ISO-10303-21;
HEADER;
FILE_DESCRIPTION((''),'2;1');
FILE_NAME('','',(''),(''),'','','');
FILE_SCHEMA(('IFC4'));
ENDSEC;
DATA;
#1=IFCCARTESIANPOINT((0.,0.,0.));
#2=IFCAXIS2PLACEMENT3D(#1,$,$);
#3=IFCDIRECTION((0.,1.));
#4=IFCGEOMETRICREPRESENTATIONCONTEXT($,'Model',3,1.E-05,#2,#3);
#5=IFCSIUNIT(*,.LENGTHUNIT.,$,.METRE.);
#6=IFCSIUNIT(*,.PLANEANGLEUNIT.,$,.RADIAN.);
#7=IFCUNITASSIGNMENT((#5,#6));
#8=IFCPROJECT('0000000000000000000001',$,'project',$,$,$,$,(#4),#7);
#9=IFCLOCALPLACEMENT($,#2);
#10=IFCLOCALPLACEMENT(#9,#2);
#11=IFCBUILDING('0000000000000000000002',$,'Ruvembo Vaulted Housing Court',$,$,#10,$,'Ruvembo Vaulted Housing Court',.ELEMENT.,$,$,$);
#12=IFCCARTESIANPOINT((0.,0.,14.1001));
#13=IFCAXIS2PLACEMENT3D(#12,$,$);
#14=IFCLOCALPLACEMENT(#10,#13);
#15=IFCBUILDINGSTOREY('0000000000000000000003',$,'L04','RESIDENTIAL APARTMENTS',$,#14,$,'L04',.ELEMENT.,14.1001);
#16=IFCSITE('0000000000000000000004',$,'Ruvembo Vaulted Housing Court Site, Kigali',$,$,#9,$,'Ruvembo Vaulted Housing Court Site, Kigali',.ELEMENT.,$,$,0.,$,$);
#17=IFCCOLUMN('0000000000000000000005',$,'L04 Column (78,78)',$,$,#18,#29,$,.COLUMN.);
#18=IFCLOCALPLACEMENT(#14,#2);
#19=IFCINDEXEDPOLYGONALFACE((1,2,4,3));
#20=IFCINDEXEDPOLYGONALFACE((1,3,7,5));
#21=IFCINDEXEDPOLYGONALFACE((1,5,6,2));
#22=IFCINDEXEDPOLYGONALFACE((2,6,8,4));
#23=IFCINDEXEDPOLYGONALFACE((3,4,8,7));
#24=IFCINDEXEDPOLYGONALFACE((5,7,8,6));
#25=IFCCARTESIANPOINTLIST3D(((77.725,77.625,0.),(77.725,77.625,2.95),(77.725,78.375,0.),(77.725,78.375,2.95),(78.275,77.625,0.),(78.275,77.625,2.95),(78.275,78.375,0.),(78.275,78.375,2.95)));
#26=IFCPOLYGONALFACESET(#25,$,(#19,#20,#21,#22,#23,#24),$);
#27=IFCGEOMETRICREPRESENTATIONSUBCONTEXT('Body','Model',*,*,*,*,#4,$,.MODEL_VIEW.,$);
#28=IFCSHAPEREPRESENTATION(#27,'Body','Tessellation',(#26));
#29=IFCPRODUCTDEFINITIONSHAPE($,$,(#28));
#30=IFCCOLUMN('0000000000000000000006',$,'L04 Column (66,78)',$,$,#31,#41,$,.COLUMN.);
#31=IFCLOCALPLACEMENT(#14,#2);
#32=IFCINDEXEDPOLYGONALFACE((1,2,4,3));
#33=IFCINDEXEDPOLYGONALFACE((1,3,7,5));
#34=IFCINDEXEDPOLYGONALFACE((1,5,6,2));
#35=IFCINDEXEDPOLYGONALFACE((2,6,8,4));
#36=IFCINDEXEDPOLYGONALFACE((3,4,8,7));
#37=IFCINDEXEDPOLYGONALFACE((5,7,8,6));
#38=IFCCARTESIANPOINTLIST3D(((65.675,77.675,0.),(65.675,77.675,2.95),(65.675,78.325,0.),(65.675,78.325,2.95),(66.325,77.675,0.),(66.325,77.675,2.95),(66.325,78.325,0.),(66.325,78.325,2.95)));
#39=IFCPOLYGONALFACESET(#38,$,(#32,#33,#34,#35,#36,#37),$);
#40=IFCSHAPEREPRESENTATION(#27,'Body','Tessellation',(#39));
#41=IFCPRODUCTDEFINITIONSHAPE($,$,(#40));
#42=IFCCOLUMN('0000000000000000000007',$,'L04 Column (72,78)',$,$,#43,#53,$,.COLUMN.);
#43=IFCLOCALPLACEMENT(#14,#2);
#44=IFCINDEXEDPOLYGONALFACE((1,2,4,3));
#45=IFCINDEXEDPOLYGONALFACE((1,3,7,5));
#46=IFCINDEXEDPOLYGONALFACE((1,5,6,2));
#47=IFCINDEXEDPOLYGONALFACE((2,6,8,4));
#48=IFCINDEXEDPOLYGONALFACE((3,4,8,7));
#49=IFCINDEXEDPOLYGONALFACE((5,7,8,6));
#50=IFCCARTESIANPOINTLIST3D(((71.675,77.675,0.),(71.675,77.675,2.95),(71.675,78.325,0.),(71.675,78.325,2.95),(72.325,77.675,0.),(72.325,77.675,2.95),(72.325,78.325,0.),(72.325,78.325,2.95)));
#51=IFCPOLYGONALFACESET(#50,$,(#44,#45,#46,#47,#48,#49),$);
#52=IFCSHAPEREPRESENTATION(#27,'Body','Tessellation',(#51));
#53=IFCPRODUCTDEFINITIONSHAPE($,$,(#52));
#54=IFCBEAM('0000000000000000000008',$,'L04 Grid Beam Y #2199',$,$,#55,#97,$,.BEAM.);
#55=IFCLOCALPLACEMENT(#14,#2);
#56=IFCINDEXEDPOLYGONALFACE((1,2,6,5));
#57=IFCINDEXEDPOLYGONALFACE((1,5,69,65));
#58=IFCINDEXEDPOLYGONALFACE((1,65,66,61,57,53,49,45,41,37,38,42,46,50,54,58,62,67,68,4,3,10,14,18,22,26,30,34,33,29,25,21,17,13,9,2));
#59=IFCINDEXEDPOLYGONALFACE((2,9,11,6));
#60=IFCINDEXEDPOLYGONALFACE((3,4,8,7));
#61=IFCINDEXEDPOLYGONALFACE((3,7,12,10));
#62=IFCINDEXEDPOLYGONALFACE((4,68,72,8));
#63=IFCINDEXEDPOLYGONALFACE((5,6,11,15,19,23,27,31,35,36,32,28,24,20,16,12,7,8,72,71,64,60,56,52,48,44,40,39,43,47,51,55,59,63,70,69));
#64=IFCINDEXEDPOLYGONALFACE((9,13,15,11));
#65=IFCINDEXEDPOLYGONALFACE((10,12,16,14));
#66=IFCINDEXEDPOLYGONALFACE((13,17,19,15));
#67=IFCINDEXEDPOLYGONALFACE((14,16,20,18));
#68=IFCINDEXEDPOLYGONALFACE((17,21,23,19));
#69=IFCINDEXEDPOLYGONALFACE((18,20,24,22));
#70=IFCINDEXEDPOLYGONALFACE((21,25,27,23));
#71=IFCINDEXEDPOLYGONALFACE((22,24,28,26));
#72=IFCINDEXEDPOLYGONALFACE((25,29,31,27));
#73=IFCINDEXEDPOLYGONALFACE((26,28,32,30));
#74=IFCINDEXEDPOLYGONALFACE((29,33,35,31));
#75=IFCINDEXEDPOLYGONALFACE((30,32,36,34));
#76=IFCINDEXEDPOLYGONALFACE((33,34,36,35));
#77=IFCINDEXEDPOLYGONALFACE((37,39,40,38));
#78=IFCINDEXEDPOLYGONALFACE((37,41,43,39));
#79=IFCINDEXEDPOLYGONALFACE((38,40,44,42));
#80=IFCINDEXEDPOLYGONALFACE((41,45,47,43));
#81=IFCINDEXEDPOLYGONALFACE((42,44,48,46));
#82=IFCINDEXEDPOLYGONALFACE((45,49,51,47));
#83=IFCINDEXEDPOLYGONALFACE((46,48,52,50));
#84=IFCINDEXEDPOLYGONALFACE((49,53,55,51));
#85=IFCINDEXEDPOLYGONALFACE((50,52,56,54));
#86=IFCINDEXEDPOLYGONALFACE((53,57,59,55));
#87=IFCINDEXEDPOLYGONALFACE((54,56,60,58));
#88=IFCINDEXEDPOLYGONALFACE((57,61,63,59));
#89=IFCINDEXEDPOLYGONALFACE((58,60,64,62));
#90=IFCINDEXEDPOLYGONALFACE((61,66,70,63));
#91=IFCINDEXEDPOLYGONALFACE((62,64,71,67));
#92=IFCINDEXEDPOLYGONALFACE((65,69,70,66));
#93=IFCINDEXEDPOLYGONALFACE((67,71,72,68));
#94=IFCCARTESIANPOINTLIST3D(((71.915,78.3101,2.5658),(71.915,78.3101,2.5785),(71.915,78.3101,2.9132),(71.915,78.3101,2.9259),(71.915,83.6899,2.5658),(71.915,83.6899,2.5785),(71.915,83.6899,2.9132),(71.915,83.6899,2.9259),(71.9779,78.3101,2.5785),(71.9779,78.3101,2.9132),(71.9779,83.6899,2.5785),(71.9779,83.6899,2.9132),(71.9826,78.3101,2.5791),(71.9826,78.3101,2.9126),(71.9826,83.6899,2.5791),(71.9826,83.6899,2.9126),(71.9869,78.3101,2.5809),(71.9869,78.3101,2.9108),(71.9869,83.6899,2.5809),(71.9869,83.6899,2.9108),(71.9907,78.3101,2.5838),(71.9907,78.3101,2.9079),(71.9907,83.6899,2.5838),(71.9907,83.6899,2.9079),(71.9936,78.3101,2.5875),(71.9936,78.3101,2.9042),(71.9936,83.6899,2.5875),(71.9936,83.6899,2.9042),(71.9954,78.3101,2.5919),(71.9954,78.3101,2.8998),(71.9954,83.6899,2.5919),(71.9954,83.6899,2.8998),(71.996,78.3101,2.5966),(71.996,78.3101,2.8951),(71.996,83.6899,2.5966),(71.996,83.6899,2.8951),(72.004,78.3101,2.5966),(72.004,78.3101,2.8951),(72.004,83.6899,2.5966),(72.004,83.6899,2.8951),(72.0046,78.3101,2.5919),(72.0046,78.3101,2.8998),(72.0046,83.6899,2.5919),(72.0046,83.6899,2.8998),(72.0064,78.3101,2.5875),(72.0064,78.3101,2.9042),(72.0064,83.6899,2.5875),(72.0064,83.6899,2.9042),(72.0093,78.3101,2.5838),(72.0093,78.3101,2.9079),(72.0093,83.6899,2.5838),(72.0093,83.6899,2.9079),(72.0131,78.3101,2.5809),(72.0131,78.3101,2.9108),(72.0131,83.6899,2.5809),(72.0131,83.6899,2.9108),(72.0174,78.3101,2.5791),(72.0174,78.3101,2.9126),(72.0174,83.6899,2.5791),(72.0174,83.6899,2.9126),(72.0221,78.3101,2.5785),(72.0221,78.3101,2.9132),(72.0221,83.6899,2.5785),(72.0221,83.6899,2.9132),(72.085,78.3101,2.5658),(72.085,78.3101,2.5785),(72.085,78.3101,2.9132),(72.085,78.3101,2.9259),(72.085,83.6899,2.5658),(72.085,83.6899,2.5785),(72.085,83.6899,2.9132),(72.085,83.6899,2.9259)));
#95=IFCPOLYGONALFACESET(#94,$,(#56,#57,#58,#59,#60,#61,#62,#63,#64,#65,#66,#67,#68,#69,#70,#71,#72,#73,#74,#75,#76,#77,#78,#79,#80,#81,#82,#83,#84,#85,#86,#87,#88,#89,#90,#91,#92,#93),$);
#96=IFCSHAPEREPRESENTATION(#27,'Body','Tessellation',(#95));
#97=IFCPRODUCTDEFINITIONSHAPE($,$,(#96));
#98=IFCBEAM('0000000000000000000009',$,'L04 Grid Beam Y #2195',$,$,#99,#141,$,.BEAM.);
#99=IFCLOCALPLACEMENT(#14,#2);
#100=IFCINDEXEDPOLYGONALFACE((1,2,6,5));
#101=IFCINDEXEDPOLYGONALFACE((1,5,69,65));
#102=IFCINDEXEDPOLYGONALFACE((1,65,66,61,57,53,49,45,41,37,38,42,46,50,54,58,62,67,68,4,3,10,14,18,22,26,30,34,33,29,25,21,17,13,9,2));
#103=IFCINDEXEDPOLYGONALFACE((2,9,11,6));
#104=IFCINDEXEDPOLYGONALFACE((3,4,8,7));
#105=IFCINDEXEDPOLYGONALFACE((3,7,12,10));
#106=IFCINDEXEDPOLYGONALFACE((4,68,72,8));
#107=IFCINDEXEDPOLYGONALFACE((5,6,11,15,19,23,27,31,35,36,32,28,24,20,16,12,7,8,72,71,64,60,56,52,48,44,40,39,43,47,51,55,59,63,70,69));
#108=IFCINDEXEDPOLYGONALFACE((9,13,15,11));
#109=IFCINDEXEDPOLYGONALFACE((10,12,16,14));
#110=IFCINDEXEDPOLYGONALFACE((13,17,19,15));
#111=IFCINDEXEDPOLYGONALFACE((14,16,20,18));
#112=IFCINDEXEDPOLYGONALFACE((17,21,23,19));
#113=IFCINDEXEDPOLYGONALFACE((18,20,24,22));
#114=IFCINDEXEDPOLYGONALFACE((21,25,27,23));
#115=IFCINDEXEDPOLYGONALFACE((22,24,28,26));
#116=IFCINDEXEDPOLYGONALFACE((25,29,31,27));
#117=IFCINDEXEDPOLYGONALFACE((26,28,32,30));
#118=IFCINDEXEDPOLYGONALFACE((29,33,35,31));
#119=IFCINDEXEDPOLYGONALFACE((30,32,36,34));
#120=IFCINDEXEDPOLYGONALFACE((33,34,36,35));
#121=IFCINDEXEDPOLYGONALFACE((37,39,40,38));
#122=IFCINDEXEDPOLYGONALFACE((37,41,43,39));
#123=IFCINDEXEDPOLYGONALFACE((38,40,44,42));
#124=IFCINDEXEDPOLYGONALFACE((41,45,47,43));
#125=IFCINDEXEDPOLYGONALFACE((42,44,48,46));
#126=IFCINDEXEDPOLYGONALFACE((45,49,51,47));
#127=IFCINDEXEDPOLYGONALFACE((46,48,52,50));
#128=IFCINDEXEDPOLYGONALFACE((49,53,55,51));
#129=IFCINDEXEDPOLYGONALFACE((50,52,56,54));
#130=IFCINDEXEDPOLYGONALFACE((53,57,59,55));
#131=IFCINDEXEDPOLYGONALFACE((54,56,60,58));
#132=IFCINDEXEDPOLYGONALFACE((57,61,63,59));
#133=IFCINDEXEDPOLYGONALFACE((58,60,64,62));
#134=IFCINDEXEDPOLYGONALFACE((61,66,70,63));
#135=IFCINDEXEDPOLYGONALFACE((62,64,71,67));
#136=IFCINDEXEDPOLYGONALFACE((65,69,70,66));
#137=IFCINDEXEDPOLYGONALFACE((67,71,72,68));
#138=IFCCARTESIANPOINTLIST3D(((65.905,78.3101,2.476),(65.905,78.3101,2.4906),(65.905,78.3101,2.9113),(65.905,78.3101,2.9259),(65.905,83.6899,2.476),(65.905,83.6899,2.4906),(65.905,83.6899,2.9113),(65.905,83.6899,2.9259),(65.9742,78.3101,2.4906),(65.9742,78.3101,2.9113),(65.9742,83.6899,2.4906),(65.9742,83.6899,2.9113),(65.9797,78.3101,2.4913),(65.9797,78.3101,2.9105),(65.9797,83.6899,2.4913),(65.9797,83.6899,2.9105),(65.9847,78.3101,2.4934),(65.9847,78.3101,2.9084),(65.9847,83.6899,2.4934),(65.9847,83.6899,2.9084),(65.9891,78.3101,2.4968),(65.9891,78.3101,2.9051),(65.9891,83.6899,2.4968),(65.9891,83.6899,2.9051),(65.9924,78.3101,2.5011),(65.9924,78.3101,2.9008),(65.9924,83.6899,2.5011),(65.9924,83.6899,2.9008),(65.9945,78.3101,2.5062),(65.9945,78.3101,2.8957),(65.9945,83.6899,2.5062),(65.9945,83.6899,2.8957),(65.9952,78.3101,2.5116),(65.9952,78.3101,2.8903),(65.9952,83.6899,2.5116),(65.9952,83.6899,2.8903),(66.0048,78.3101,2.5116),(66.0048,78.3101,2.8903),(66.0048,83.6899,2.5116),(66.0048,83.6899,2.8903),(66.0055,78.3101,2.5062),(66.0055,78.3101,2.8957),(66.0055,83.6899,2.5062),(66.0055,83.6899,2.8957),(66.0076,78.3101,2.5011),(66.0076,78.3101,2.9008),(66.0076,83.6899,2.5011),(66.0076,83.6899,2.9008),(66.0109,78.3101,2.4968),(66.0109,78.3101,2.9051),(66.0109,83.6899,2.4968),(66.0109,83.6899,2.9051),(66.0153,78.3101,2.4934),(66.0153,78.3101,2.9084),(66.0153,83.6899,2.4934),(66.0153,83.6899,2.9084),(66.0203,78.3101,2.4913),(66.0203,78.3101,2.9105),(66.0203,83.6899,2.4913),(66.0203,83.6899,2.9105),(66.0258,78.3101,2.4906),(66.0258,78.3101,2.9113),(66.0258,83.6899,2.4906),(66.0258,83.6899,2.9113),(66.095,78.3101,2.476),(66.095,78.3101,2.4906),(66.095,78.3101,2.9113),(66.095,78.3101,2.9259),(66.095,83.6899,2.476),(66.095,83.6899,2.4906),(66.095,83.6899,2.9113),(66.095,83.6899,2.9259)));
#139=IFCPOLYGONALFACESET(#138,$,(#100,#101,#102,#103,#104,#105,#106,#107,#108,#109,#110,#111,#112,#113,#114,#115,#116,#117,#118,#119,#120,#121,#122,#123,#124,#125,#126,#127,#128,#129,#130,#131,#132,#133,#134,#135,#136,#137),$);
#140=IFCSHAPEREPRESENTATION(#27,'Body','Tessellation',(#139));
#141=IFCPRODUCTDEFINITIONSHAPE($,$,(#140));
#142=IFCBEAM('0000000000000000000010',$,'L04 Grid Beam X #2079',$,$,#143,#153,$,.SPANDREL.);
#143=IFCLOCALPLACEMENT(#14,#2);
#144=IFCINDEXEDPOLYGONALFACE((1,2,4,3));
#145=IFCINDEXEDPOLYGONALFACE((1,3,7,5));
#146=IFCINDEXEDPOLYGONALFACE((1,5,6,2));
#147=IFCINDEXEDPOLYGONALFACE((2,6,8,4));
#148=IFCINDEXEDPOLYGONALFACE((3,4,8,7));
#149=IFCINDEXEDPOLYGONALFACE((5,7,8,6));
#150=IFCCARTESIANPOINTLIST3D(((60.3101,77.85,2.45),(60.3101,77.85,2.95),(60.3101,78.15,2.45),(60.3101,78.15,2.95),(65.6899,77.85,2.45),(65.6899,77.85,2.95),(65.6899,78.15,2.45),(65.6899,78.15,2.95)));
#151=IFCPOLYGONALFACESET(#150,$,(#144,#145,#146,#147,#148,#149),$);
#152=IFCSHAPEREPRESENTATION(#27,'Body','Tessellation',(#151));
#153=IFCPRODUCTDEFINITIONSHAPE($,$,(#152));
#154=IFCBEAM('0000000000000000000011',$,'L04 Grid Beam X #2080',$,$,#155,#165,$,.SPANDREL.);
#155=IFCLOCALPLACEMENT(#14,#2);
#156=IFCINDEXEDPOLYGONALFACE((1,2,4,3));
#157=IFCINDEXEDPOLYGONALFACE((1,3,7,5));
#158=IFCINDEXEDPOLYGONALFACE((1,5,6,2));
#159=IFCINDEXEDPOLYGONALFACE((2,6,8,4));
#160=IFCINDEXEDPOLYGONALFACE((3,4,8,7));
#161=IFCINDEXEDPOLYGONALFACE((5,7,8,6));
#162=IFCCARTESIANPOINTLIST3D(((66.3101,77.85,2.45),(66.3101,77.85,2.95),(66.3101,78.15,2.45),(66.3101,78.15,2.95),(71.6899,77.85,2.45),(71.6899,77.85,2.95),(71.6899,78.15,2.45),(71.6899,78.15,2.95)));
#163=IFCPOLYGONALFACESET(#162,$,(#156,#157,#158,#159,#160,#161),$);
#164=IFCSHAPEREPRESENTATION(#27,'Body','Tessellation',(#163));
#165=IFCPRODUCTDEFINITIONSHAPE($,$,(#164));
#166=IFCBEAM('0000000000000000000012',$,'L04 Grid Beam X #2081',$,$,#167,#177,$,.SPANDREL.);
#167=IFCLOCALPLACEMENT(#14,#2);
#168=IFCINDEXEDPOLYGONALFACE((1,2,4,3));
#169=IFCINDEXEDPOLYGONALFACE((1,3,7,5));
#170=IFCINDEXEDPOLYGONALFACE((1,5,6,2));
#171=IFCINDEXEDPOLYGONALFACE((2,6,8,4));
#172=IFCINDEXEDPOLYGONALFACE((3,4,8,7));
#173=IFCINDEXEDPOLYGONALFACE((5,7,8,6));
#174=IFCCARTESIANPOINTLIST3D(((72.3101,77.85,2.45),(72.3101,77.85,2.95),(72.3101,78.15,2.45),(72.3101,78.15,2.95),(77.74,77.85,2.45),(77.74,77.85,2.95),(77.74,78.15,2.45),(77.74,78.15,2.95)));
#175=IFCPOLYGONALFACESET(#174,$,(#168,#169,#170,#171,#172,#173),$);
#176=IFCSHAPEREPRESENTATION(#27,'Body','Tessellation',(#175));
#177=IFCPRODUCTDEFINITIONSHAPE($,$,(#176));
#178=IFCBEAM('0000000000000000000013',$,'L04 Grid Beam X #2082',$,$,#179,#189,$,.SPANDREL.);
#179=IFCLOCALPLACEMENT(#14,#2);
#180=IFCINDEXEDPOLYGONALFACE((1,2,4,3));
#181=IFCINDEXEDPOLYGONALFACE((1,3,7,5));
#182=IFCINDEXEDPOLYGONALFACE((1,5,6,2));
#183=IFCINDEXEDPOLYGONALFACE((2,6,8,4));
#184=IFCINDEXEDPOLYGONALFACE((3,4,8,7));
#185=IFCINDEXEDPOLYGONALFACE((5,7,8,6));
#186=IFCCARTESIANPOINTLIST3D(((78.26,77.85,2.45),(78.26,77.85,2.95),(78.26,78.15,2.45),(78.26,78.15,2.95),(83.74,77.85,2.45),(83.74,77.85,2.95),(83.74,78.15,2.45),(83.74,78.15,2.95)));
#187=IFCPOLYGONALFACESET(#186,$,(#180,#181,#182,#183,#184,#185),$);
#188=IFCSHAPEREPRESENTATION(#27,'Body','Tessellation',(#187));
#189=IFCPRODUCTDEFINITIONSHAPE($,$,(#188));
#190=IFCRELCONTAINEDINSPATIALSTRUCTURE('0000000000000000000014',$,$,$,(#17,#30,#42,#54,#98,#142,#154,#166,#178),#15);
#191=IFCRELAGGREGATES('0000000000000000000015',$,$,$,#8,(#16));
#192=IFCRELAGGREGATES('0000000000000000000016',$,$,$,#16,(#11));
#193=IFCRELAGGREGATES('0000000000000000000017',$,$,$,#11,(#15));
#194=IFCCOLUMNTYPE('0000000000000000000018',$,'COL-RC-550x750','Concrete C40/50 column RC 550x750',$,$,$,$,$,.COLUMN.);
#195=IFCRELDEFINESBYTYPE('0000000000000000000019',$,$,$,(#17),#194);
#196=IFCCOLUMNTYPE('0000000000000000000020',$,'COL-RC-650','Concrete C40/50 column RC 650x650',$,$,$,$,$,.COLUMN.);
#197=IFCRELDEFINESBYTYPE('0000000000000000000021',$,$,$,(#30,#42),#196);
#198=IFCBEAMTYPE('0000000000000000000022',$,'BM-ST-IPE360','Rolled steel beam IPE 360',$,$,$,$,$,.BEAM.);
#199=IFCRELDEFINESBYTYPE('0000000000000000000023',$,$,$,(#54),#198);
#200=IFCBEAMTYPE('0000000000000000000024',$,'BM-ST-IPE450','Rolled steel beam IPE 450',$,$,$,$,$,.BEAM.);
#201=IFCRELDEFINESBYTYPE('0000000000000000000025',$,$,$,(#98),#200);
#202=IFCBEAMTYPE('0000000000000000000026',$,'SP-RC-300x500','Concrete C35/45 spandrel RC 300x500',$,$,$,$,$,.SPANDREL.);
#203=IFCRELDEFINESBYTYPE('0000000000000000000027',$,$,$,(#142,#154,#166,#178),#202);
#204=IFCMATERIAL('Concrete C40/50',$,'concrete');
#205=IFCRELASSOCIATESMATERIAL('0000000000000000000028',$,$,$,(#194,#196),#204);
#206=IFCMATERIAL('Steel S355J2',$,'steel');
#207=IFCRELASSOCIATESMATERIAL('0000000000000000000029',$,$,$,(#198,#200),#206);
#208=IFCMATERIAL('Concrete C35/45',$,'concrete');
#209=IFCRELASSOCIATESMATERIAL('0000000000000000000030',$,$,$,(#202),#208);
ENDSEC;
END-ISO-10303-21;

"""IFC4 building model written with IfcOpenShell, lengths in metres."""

from ifc_helpers import new_model, si_unit, direction, frame, origin, origin_2d, place, context, subcontext, project, spatial, rectangle, i_section, extrude, material, material_profile, profile_set, type_object, element, save


model = new_model("IFC4")

# Units and contexts
model_context = context("Model", 3, precision=1e-05, world=origin(), true_north=direction((0.0, 1.0)))
body_context = subcontext(model_context, "Body", "Model", "MODEL_VIEW")
ifc_project = project(units=[si_unit("LENGTHUNIT", "METRE"), si_unit("PLANEANGLEUNIT", "RADIAN")], contexts=[model_context])

# Site, building, storey
site_placement = place(None, origin())
site = spatial("IfcSite", under=ifc_project, at=site_placement, Name="Ruvembo Vaulted Housing Court Site, Kigali", LongName="Ruvembo Vaulted Housing Court Site, Kigali", CompositionType="ELEMENT", RefElevation=0.0)
building_placement = place(site_placement, origin())
building = spatial("IfcBuilding", under=site, at=building_placement, Name="Ruvembo Vaulted Housing Court", LongName="Ruvembo Vaulted Housing Court", CompositionType="ELEMENT")
storey_placement = place(building_placement, frame((0.0, 0.0, 14.1001)))
storey = spatial("IfcBuildingStorey", under=building, at=storey_placement, Name="L04", Description="RESIDENTIAL APARTMENTS", LongName="L04", CompositionType="ELEMENT", Elevation=14.1001)

# Columns
ifc_material_1 = material(Name="Concrete C40/50", Category="concrete")
ifc_material_profile_1 = material_profile(ifc_material_1, rectangle(XDim=0.55, YDim=0.75, at=origin_2d()), Name="RC 550x750")
ifc_profile_set_1 = profile_set([ifc_material_profile_1], Name="Concrete C40/50")
column_type_1 = type_object("IfcColumnType", Name="COL-RC-550x750", Description="Concrete C40/50 column RC 550x750", PredefinedType="COLUMN", material=ifc_profile_set_1)
column_placement = place(storey_placement, frame((78.0, 78.0, 0.0), z_axis=(0.0, 0.0, 1.0), x_axis=(1.0, 0.0, 0.0)))
element("IfcColumn", 1, at=column_placement, inside=storey, type_object=column_type_1, Name="L04 Column (78,78)", PredefinedType="COLUMN", context=body_context, shape_type="SweptSolid", body=[
    extrude(rectangle(XDim=0.55, YDim=0.75, at=origin_2d()), origin(), (0.0, 0.0, 1.0), 2.95),
])
ifc_material_profile_2 = material_profile(ifc_material_1, rectangle(XDim=0.6499, YDim=0.6499, at=origin_2d()), Name="RC 650x650")
ifc_profile_set_2 = profile_set([ifc_material_profile_2], Name="Concrete C40/50")
column_type_2 = type_object("IfcColumnType", Name="COL-RC-650", Description="Concrete C40/50 column RC 650x650", PredefinedType="COLUMN", material=ifc_profile_set_2)
for number, where, z_axis, x_axis, name in (
    (2, (66.0, 78.0, 0.0), (0.0, 0.0, 1.0), (1.0, 0.0, 0.0), "L04 Column (66,78)"),
    (3, (72.0, 78.0, 0.0), (0.0, 0.0, 1.0), (1.0, 0.0, 0.0), "L04 Column (72,78)"),
):
    element("IfcColumn", number, at=place(storey_placement, frame(where, z_axis=z_axis, x_axis=x_axis)), inside=storey, type_object=column_type_2, Name=name, PredefinedType="COLUMN", context=body_context, shape_type="SweptSolid", body=[
        extrude(rectangle(XDim=0.6499, YDim=0.6499, at=origin_2d()), origin(), (0.0, 0.0, 1.0), 2.95),
    ])

# Beams
ifc_material_2 = material(Name="Steel S355J2", Category="steel")
ifc_material_profile_3 = material_profile(ifc_material_2, i_section(OverallWidth=0.1699, OverallDepth=0.3601, WebThickness=0.0081, FlangeThickness=0.0127, FilletRadius=0.0181, at=origin_2d()), Name="IPE 360")
ifc_profile_set_3 = profile_set([ifc_material_profile_3], Name="Steel S355J2")
beam_type_1 = type_object("IfcBeamType", Name="BM-ST-IPE360", Description="Rolled steel beam IPE 360", PredefinedType="BEAM", material=ifc_profile_set_3)
beam_1_placement = place(storey_placement, frame((72.0, 78.3101, 2.7458), z_axis=(0.0, 1.0, 0.0), x_axis=(-1.0, 0.0, 0.0)))
element("IfcBeam", 4, at=beam_1_placement, inside=storey, type_object=beam_type_1, Name="L04 Grid Beam Y #2199", PredefinedType="BEAM", context=body_context, shape_type="SweptSolid", body=[
    extrude(i_section(OverallWidth=0.1699, OverallDepth=0.3601, WebThickness=0.0081, FlangeThickness=0.0127, FilletRadius=0.0181, at=origin_2d()), origin(), (0.0, 0.0, 1.0), 5.3799),
])
ifc_material_profile_4 = material_profile(ifc_material_2, i_section(OverallWidth=0.1899, OverallDepth=0.45, WebThickness=0.0095, FlangeThickness=0.0146, FilletRadius=0.021, at=origin_2d()), Name="IPE 450")
ifc_profile_set_4 = profile_set([ifc_material_profile_4], Name="Steel S355J2")
beam_type_2 = type_object("IfcBeamType", Name="BM-ST-IPE450", Description="Rolled steel beam IPE 450", PredefinedType="BEAM", material=ifc_profile_set_4)
beam_2_placement = place(storey_placement, frame((66.0, 78.3101, 2.7009), z_axis=(0.0, 1.0, 0.0), x_axis=(-1.0, 0.0, 0.0)))
element("IfcBeam", 5, at=beam_2_placement, inside=storey, type_object=beam_type_2, Name="L04 Grid Beam Y #2195", PredefinedType="BEAM", context=body_context, shape_type="SweptSolid", body=[
    extrude(i_section(OverallWidth=0.1899, OverallDepth=0.45, WebThickness=0.0095, FlangeThickness=0.0146, FilletRadius=0.021, at=origin_2d()), origin(), (0.0, 0.0, 1.0), 5.3799),
])
ifc_material_3 = material(Name="Concrete C35/45", Category="concrete")
ifc_material_profile_5 = material_profile(ifc_material_3, rectangle(XDim=0.3, YDim=0.5, at=origin_2d()), Name="RC 300x500")
ifc_profile_set_5 = profile_set([ifc_material_profile_5], Name="Concrete C35/45")
beam_type_3 = type_object("IfcBeamType", Name="SP-RC-300x500", Description="Concrete C35/45 spandrel RC 300x500", PredefinedType="SPANDREL", material=ifc_profile_set_5)
for number, where, z_axis, x_axis, name in (
    (6, (60.3101, 78.0, 2.7), (1.0, 0.0, 0.0), (0.0, 1.0, 0.0), "L04 Grid Beam X #2079"),
    (7, (66.3101, 78.0, 2.7), (1.0, 0.0, 0.0), (0.0, 1.0, 0.0), "L04 Grid Beam X #2080"),
):
    element("IfcBeam", number, at=place(storey_placement, frame(where, z_axis=z_axis, x_axis=x_axis)), inside=storey, type_object=beam_type_3, Name=name, PredefinedType="SPANDREL", context=body_context, shape_type="SweptSolid", body=[
        extrude(rectangle(XDim=0.3, YDim=0.5, at=origin_2d()), origin(), (0.0, 0.0, 1.0), 5.3799),
    ])
beam_3_placement = place(storey_placement, frame((72.3101, 78.0, 2.7), z_axis=(1.0, 0.0, 0.0), x_axis=(0.0, 1.0, 0.0)))
element("IfcBeam", 8, at=beam_3_placement, inside=storey, type_object=beam_type_3, Name="L04 Grid Beam X #2081", PredefinedType="SPANDREL", context=body_context, shape_type="SweptSolid", body=[
    extrude(rectangle(XDim=0.3, YDim=0.5, at=origin_2d()), origin(), (0.0, 0.0, 1.0), 5.4299),
])
beam_4_placement = place(storey_placement, frame((78.26, 78.0, 2.7), z_axis=(1.0, 0.0, 0.0), x_axis=(0.0, 1.0, 0.0)))
element("IfcBeam", 9, at=beam_4_placement, inside=storey, type_object=beam_type_3, Name="L04 Grid Beam X #2082", PredefinedType="SPANDREL", context=body_context, shape_type="SweptSolid", body=[
    extrude(rectangle(XDim=0.3, YDim=0.5, at=origin_2d()), origin(), (0.0, 0.0, 1.0), 5.48),
])

save(model, "model.ifc")
